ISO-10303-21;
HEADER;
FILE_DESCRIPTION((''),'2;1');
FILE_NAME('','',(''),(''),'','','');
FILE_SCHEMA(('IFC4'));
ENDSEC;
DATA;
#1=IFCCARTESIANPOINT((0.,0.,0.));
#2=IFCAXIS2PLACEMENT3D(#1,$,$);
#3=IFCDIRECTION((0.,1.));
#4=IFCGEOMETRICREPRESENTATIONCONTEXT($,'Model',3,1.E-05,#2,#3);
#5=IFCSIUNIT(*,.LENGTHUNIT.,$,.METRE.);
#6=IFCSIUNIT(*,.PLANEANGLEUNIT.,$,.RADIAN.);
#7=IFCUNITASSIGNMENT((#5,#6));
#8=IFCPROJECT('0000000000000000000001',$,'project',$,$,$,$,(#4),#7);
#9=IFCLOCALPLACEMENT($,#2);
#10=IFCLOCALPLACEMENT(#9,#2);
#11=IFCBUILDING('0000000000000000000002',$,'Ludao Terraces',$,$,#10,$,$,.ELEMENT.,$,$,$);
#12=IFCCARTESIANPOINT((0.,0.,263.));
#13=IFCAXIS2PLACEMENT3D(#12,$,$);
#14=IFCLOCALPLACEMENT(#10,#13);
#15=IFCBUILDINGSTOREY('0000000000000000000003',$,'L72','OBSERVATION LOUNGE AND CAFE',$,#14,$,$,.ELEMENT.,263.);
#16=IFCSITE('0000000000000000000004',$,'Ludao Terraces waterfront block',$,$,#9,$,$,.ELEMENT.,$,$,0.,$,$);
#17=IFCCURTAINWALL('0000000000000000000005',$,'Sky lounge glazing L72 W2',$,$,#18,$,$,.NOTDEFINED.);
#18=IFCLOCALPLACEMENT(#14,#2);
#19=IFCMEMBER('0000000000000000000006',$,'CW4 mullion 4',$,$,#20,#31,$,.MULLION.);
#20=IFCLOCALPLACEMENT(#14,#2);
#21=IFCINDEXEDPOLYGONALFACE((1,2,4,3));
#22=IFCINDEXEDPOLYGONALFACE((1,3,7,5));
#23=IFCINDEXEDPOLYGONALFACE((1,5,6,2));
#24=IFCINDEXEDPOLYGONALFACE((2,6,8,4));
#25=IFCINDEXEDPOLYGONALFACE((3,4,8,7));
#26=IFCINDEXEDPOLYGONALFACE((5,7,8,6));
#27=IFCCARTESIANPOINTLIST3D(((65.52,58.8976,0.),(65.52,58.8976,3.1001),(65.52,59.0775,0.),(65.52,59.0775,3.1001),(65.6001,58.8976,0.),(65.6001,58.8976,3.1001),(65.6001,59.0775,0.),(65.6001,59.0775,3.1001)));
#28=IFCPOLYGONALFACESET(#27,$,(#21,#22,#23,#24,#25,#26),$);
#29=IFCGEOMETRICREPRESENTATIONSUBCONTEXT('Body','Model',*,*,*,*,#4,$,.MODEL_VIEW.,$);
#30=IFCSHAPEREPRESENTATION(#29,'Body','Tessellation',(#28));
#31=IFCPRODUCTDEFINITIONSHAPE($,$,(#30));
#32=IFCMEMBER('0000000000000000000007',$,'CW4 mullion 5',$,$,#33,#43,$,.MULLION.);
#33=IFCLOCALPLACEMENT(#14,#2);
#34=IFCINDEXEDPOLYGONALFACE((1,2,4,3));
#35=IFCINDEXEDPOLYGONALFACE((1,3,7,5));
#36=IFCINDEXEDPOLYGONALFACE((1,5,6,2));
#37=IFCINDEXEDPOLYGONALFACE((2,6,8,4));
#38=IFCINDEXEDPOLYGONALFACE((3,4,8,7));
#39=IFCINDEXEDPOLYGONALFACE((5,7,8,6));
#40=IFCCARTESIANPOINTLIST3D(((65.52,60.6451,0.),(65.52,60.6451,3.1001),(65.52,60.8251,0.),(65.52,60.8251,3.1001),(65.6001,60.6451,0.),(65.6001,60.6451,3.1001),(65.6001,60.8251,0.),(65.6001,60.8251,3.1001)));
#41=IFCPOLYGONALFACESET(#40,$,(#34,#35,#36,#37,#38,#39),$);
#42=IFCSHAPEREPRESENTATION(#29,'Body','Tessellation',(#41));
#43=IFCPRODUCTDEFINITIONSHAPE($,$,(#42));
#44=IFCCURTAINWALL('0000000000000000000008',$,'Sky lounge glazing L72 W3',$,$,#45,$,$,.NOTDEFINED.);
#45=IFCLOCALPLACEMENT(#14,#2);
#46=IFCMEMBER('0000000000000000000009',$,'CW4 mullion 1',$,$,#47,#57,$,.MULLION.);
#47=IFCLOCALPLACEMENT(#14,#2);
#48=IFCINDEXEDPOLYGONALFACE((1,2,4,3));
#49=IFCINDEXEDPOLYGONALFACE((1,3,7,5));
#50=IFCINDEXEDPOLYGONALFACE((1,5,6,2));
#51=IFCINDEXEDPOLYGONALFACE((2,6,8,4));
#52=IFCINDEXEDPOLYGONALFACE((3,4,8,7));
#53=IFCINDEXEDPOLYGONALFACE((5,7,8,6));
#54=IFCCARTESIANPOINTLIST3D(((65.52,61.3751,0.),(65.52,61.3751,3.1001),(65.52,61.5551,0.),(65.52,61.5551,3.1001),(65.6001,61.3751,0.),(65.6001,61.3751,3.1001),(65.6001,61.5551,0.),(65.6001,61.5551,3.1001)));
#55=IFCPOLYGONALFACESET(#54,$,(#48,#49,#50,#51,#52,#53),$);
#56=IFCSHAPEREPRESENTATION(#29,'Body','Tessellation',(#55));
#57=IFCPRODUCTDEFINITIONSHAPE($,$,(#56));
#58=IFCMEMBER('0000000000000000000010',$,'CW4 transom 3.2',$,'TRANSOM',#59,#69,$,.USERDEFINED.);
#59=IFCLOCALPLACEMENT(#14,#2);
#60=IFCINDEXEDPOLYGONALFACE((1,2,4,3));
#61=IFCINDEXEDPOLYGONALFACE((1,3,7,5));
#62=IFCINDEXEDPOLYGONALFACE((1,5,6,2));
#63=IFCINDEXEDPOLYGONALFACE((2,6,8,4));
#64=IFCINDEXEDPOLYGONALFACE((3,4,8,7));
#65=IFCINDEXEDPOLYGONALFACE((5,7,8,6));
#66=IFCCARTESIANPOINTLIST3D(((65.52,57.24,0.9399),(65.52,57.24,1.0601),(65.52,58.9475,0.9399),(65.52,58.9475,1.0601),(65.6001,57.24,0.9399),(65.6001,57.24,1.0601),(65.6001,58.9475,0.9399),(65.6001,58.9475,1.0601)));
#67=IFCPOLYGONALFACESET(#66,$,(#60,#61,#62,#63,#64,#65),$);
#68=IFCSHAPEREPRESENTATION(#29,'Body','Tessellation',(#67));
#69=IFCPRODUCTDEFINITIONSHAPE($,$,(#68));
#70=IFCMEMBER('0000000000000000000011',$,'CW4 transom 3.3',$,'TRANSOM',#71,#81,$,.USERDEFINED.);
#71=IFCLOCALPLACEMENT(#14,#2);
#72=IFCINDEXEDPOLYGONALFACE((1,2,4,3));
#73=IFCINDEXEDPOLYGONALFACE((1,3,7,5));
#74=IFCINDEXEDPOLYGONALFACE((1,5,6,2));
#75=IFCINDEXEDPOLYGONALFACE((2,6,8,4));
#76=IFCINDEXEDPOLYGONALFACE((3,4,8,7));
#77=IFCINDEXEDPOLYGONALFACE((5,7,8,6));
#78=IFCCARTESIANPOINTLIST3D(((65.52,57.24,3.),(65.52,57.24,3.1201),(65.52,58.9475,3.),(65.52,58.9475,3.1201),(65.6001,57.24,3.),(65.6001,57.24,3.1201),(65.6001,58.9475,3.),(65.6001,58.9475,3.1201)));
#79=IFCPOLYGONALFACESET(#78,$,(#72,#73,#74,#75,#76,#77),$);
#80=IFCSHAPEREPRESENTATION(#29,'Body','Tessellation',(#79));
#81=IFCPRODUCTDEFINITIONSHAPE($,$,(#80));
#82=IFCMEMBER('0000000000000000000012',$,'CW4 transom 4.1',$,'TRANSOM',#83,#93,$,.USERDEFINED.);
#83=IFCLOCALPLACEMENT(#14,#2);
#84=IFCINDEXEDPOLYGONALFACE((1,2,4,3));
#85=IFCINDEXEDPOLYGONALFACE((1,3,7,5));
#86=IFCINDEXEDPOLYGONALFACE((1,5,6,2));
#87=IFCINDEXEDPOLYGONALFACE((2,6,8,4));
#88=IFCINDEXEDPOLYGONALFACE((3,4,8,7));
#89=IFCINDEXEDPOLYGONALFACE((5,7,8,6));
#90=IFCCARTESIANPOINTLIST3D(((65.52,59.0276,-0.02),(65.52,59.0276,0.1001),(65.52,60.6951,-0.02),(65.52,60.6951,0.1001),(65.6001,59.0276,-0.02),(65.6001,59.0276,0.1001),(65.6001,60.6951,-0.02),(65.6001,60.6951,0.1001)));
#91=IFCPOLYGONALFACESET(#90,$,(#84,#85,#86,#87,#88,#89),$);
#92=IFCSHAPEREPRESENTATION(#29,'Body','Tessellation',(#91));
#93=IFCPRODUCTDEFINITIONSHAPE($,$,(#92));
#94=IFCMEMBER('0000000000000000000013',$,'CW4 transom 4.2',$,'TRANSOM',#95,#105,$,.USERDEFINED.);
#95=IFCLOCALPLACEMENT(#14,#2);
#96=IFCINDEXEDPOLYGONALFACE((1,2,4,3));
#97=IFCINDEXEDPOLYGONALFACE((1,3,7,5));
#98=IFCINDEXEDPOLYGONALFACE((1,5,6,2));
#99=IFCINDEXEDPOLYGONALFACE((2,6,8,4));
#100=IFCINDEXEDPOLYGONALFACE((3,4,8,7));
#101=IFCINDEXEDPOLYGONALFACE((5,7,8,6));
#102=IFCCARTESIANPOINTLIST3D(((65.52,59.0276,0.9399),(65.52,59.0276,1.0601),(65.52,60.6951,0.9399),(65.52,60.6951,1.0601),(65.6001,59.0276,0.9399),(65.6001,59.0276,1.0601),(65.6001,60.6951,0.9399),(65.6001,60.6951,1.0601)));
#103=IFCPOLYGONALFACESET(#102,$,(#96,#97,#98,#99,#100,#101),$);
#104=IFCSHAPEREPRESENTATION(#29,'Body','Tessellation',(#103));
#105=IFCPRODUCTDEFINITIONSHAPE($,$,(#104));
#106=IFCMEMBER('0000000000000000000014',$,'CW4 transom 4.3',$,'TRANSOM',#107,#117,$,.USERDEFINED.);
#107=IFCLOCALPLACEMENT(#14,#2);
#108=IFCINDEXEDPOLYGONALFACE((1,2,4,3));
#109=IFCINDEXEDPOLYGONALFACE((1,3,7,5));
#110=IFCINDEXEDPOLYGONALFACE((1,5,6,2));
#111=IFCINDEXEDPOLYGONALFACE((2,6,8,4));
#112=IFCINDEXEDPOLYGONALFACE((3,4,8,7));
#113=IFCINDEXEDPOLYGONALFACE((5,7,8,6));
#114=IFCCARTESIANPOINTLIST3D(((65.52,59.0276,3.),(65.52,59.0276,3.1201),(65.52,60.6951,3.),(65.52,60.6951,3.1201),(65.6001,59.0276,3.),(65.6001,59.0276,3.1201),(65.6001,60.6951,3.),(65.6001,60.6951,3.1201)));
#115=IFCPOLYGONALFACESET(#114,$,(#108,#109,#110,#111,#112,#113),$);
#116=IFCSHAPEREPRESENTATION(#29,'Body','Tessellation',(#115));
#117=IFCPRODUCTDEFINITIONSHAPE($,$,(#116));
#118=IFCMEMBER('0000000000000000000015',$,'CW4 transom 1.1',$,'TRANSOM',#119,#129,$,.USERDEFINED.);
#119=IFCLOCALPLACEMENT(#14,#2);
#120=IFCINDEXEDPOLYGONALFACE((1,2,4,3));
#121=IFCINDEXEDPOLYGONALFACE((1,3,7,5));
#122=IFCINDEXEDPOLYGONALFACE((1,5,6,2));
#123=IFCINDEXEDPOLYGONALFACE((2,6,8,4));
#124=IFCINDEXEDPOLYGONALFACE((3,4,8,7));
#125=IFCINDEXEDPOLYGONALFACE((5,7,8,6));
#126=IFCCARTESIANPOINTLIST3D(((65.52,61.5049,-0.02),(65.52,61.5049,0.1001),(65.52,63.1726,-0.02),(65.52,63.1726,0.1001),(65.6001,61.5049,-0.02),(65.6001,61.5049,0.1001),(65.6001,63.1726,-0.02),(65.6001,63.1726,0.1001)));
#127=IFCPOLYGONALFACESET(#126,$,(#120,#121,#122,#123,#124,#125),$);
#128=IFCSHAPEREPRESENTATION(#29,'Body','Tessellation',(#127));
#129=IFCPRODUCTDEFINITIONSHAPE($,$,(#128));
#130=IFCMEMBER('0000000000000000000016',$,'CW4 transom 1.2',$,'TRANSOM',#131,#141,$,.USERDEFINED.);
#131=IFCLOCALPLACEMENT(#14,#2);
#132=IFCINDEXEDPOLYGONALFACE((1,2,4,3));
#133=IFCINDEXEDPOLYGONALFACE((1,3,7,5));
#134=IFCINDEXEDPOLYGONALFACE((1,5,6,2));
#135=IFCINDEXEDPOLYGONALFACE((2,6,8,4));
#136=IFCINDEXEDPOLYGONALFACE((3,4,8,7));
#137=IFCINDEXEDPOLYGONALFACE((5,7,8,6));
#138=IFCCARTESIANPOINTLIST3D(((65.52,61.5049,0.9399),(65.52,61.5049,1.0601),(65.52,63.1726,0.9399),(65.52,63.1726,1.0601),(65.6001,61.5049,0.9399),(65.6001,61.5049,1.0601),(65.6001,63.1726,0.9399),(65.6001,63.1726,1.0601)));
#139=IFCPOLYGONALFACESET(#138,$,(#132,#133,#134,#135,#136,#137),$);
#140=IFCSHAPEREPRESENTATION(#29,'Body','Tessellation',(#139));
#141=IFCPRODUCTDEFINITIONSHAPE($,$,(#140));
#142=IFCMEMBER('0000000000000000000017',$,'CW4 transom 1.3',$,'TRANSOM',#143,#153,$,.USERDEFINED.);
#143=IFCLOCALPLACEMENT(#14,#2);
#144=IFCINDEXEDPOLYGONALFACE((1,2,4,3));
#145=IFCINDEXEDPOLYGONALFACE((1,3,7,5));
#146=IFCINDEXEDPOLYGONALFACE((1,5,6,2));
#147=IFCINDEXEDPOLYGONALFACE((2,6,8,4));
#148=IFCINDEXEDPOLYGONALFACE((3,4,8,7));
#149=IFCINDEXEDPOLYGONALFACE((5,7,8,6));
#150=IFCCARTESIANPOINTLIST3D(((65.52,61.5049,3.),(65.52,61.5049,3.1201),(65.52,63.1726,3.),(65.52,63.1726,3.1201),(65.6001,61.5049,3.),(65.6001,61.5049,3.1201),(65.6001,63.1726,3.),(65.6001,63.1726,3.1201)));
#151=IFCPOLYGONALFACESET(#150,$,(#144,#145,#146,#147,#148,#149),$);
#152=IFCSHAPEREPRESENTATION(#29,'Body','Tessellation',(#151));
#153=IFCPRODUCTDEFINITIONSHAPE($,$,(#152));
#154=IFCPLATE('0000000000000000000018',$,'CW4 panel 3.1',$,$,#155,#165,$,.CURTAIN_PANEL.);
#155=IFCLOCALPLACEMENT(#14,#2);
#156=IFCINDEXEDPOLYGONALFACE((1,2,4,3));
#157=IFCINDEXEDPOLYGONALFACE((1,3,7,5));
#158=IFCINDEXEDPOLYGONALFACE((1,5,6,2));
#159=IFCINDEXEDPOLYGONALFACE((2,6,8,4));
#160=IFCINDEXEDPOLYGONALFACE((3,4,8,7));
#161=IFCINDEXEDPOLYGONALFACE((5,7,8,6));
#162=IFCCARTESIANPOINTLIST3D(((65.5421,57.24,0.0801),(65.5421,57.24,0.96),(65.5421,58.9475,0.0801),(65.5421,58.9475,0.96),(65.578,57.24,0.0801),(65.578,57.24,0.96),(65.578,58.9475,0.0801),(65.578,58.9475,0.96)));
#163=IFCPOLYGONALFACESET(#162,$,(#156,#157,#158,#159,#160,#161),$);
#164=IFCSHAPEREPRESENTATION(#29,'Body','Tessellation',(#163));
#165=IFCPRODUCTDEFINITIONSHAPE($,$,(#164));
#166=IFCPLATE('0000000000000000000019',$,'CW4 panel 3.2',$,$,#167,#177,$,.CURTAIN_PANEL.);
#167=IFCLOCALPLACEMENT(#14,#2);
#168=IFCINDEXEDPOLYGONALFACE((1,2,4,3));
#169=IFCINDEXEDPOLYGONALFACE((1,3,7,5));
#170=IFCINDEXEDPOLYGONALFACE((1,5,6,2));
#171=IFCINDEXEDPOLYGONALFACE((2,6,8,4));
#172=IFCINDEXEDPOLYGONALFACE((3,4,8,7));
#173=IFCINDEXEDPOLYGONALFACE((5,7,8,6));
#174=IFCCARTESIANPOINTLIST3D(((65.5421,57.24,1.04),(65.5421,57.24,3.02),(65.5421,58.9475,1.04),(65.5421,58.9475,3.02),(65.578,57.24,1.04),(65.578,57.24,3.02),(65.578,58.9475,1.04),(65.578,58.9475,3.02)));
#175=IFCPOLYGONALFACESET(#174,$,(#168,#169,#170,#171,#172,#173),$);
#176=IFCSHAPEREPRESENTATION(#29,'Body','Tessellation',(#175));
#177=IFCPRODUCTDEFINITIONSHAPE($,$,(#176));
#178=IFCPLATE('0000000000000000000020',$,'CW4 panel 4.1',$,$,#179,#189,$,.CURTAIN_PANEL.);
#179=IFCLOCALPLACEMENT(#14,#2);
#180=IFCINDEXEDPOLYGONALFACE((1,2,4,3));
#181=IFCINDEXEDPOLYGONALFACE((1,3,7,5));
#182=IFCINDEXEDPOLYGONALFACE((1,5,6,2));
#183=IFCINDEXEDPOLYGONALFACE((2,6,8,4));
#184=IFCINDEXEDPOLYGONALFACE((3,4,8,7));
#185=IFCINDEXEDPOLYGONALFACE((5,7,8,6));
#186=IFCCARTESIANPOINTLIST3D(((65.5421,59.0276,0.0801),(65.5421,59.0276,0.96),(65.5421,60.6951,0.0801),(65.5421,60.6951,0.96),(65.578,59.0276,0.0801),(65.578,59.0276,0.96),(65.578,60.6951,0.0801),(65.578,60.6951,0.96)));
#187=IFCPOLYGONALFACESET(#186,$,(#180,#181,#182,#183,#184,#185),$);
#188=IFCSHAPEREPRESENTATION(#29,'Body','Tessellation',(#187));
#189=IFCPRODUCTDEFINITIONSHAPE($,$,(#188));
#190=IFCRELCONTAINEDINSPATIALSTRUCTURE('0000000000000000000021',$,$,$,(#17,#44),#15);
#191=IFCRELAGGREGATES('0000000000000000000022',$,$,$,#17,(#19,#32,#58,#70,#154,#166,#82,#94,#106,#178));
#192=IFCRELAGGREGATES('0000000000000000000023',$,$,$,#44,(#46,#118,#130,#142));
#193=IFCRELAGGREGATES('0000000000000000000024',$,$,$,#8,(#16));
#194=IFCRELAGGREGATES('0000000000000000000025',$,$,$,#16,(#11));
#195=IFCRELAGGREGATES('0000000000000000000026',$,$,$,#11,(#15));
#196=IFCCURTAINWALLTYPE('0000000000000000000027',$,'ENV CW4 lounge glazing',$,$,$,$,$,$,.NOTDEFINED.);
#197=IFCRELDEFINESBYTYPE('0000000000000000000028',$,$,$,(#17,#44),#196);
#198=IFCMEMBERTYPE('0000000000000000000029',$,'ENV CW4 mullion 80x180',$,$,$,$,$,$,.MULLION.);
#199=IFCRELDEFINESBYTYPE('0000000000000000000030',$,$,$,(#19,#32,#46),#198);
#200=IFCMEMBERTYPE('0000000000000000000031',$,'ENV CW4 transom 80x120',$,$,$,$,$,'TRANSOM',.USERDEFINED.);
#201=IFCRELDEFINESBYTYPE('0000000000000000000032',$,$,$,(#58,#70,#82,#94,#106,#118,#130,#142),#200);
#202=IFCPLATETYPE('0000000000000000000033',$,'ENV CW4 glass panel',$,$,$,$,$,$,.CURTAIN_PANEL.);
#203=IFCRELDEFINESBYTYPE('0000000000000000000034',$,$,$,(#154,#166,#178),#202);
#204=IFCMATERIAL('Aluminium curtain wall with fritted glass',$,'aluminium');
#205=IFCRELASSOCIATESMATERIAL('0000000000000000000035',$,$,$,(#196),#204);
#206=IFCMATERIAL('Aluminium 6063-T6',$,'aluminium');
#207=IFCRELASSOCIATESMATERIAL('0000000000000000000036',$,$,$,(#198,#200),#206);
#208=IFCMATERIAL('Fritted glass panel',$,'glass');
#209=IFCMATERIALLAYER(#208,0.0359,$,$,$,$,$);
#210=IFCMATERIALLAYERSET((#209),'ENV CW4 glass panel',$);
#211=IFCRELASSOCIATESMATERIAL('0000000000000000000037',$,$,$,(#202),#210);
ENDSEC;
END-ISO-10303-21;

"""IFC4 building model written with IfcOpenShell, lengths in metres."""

from ifc_helpers import new_model, si_unit, direction, frame, origin, origin_2d, place, context, subcontext, project, spatial, rectangle, extrude, material, layer, layer_set, material_profile, profile_set, type_object, element, aggregate, save


model = new_model("IFC4")

# Units and contexts
model_context = context("Model", 3, precision=1e-05, world=origin(), true_north=direction((0.0, 1.0)))
body_context = subcontext(model_context, "Body", "Model", "MODEL_VIEW")
ifc_project = project(units=[si_unit("LENGTHUNIT", "METRE"), si_unit("PLANEANGLEUNIT", "RADIAN")], contexts=[model_context])

# Site, building, storey
site_placement = place(None, origin())
site = spatial("IfcSite", under=ifc_project, at=site_placement, Name="Ludao Terraces waterfront block", CompositionType="ELEMENT", RefElevation=0.0)
building_placement = place(site_placement, origin())
building = spatial("IfcBuilding", under=site, at=building_placement, Name="Ludao Terraces", CompositionType="ELEMENT")
storey_placement = place(building_placement, frame((0.0, 0.0, 263.0)))
storey = spatial("IfcBuildingStorey", under=building, at=storey_placement, Name="L72", Description="OBSERVATION LOUNGE AND CAFE", CompositionType="ELEMENT", Elevation=263.0)

# Curtain wall, members
ifc_material_1 = material(Name="Aluminium curtain wall with fritted glass", Category="aluminium")
curtain_wall_type = type_object("IfcCurtainWallType", Name="ENV CW4 lounge glazing", PredefinedType="NOTDEFINED", material=ifc_material_1)
curtain_wall_1_placement = place(storey_placement, origin())
curtain_wall_1 = element("IfcCurtainWall", 1, at=curtain_wall_1_placement, inside=storey, type_object=curtain_wall_type, Name="Sky lounge glazing L72 W2", PredefinedType="NOTDEFINED")
ifc_material_2 = material(Name="Aluminium 6063-T6", Category="aluminium")
ifc_material_profile_1 = material_profile(ifc_material_2, rectangle(XDim=0.0801, YDim=0.1799, at=origin_2d()), Name="80 X 180")
ifc_profile_set_1 = profile_set([ifc_material_profile_1], Name="Aluminium 6063-T6")
member_type_1 = type_object("IfcMemberType", Name="ENV CW4 mullion 80x180", PredefinedType="MULLION", material=ifc_profile_set_1)
member_1_placement = place(storey_placement, frame((65.5601, 58.9875, 0.0), z_axis=(0.0, 0.0, 1.0), x_axis=(-1.0, 0.0, 0.0)))
member_1 = element("IfcMember", 2, at=member_1_placement, type_object=member_type_1, Name="CW4 mullion 4", PredefinedType="MULLION", context=body_context, shape_type="SweptSolid", body=[
    extrude(rectangle(XDim=0.0801, YDim=0.1799, at=origin_2d()), origin(), (0.0, 0.0, 1.0), 3.1001),
])
member_2_placement = place(storey_placement, frame((65.5601, 60.7351, 0.0), z_axis=(0.0, 0.0, 1.0), x_axis=(-1.0, 0.0, 0.0)))
member_2 = element("IfcMember", 3, at=member_2_placement, type_object=member_type_1, Name="CW4 mullion 5", PredefinedType="MULLION", context=body_context, shape_type="SweptSolid", body=[
    extrude(rectangle(XDim=0.0801, YDim=0.1799, at=origin_2d()), origin(), (0.0, 0.0, 1.0), 3.1001),
])

# Curtain wall, member
curtain_wall_2_placement = place(storey_placement, origin())
curtain_wall_2 = element("IfcCurtainWall", 4, at=curtain_wall_2_placement, inside=storey, type_object=curtain_wall_type, Name="Sky lounge glazing L72 W3", PredefinedType="NOTDEFINED")
member_3_placement = place(storey_placement, frame((65.5601, 61.4651, 0.0), z_axis=(0.0, 0.0, 1.0), x_axis=(-1.0, 0.0, 0.0)))
member_3 = element("IfcMember", 5, at=member_3_placement, type_object=member_type_1, Name="CW4 mullion 1", PredefinedType="MULLION", context=body_context, shape_type="SweptSolid", body=[
    extrude(rectangle(XDim=0.0801, YDim=0.1799, at=origin_2d()), origin(), (0.0, 0.0, 1.0), 3.1001),
])

# Members
ifc_material_profile_2 = material_profile(ifc_material_2, rectangle(XDim=0.0801, YDim=0.1201, at=origin_2d()), Name="80 X 120")
ifc_profile_set_2 = profile_set([ifc_material_profile_2], Name="Aluminium 6063-T6")
member_type_2 = type_object("IfcMemberType", Name="ENV CW4 transom 80x120", ElementType="TRANSOM", PredefinedType="USERDEFINED", material=ifc_profile_set_2)
member_4_placement = place(storey_placement, frame((65.5601, 57.24, 1.0), z_axis=(0.0, 1.0, 0.0), x_axis=(-1.0, 0.0, 0.0)))
member_4 = element("IfcMember", 6, at=member_4_placement, type_object=member_type_2, Name="CW4 transom 3.2", ObjectType="TRANSOM", PredefinedType="USERDEFINED", context=body_context, shape_type="SweptSolid", body=[
    extrude(rectangle(XDim=0.0801, YDim=0.1201, at=origin_2d()), origin(), (0.0, 0.0, 1.0), 1.7075),
])
member_5_placement = place(storey_placement, frame((65.5601, 57.24, 3.0601), z_axis=(0.0, 1.0, 0.0), x_axis=(-1.0, 0.0, 0.0)))
member_5 = element("IfcMember", 7, at=member_5_placement, type_object=member_type_2, Name="CW4 transom 3.3", ObjectType="TRANSOM", PredefinedType="USERDEFINED", context=body_context, shape_type="SweptSolid", body=[
    extrude(rectangle(XDim=0.0801, YDim=0.1201, at=origin_2d()), origin(), (0.0, 0.0, 1.0), 1.7075),
])
member_6_placement = place(storey_placement, frame((65.5601, 59.0276, 0.04), z_axis=(0.0, 1.0, 0.0), x_axis=(-1.0, 0.0, 0.0)))
member_6 = element("IfcMember", 8, at=member_6_placement, type_object=member_type_2, Name="CW4 transom 4.1", ObjectType="TRANSOM", PredefinedType="USERDEFINED", context=body_context, shape_type="SweptSolid", body=[
    extrude(rectangle(XDim=0.0801, YDim=0.1201, at=origin_2d()), origin(), (0.0, 0.0, 1.0), 1.6675),
])
member_7_placement = place(storey_placement, frame((65.5601, 59.0276, 1.0), z_axis=(0.0, 1.0, 0.0), x_axis=(-1.0, 0.0, 0.0)))
member_7 = element("IfcMember", 9, at=member_7_placement, type_object=member_type_2, Name="CW4 transom 4.2", ObjectType="TRANSOM", PredefinedType="USERDEFINED", context=body_context, shape_type="SweptSolid", body=[
    extrude(rectangle(XDim=0.0801, YDim=0.1201, at=origin_2d()), origin(), (0.0, 0.0, 1.0), 1.6675),
])
member_8_placement = place(storey_placement, frame((65.5601, 59.0276, 3.0601), z_axis=(0.0, 1.0, 0.0), x_axis=(-1.0, 0.0, 0.0)))
member_8 = element("IfcMember", 10, at=member_8_placement, type_object=member_type_2, Name="CW4 transom 4.3", ObjectType="TRANSOM", PredefinedType="USERDEFINED", context=body_context, shape_type="SweptSolid", body=[
    extrude(rectangle(XDim=0.0801, YDim=0.1201, at=origin_2d()), origin(), (0.0, 0.0, 1.0), 1.6675),
])
member_9_placement = place(storey_placement, frame((65.5601, 61.5049, 0.04), z_axis=(0.0, 1.0, 0.0), x_axis=(-1.0, 0.0, 0.0)))
member_9 = element("IfcMember", 11, at=member_9_placement, type_object=member_type_2, Name="CW4 transom 1.1", ObjectType="TRANSOM", PredefinedType="USERDEFINED", context=body_context, shape_type="SweptSolid", body=[
    extrude(rectangle(XDim=0.0801, YDim=0.1201, at=origin_2d()), origin(), (0.0, 0.0, 1.0), 1.6677),
])
member_10_placement = place(storey_placement, frame((65.5601, 61.5049, 1.0), z_axis=(0.0, 1.0, 0.0), x_axis=(-1.0, 0.0, 0.0)))
member_10 = element("IfcMember", 12, at=member_10_placement, type_object=member_type_2, Name="CW4 transom 1.2", ObjectType="TRANSOM", PredefinedType="USERDEFINED", context=body_context, shape_type="SweptSolid", body=[
    extrude(rectangle(XDim=0.0801, YDim=0.1201, at=origin_2d()), origin(), (0.0, 0.0, 1.0), 1.6677),
])
member_11_placement = place(storey_placement, frame((65.5601, 61.5049, 3.0601), z_axis=(0.0, 1.0, 0.0), x_axis=(-1.0, 0.0, 0.0)))
member_11 = element("IfcMember", 13, at=member_11_placement, type_object=member_type_2, Name="CW4 transom 1.3", ObjectType="TRANSOM", PredefinedType="USERDEFINED", context=body_context, shape_type="SweptSolid", body=[
    extrude(rectangle(XDim=0.0801, YDim=0.1201, at=origin_2d()), origin(), (0.0, 0.0, 1.0), 1.6677),
])

# Plates
ifc_material_3 = material(Name="Fritted glass panel", Category="glass")
ifc_layer_1 = layer(ifc_material_3, 0.0359)
ifc_layer_set_1 = layer_set([ifc_layer_1], Name="ENV CW4 glass panel")
plate_type = type_object("IfcPlateType", Name="ENV CW4 glass panel", PredefinedType="CURTAIN_PANEL", material=ifc_layer_set_1)
plate_1_placement = place(storey_placement, frame((65.5601, 58.0938, 0.0801), z_axis=(0.0, 0.0, 1.0), x_axis=(0.0, 1.0, 0.0)))
plate_1 = element("IfcPlate", 14, at=plate_1_placement, type_object=plate_type, Name="CW4 panel 3.1", PredefinedType="CURTAIN_PANEL", context=body_context, shape_type="SweptSolid", body=[
    extrude(rectangle(XDim=1.7075, YDim=0.0359, at=origin_2d()), origin(), (0.0, 0.0, 1.0), 0.8799),
])
plate_2_placement = place(storey_placement, frame((65.5601, 58.0938, 1.04), z_axis=(0.0, 0.0, 1.0), x_axis=(0.0, 1.0, 0.0)))
plate_2 = element("IfcPlate", 15, at=plate_2_placement, type_object=plate_type, Name="CW4 panel 3.2", PredefinedType="CURTAIN_PANEL", context=body_context, shape_type="SweptSolid", body=[
    extrude(rectangle(XDim=1.7075, YDim=0.0359, at=origin_2d()), origin(), (0.0, 0.0, 1.0), 1.98),
])
plate_3_placement = place(storey_placement, frame((65.5601, 59.8613, 0.0801), z_axis=(0.0, 0.0, 1.0), x_axis=(0.0, 1.0, 0.0)))
plate_3 = element("IfcPlate", 16, at=plate_3_placement, type_object=plate_type, Name="CW4 panel 4.1", PredefinedType="CURTAIN_PANEL", context=body_context, shape_type="SweptSolid", body=[
    extrude(rectangle(XDim=1.6675, YDim=0.0359, at=origin_2d()), origin(), (0.0, 0.0, 1.0), 0.8799),
])
aggregate(curtain_wall_1, [member_1, member_2, member_4, member_5, plate_1, plate_2, member_6, member_7, member_8, plate_3])
aggregate(curtain_wall_2, [member_3, member_9, member_10, member_11])

save(model, "model.ifc")
